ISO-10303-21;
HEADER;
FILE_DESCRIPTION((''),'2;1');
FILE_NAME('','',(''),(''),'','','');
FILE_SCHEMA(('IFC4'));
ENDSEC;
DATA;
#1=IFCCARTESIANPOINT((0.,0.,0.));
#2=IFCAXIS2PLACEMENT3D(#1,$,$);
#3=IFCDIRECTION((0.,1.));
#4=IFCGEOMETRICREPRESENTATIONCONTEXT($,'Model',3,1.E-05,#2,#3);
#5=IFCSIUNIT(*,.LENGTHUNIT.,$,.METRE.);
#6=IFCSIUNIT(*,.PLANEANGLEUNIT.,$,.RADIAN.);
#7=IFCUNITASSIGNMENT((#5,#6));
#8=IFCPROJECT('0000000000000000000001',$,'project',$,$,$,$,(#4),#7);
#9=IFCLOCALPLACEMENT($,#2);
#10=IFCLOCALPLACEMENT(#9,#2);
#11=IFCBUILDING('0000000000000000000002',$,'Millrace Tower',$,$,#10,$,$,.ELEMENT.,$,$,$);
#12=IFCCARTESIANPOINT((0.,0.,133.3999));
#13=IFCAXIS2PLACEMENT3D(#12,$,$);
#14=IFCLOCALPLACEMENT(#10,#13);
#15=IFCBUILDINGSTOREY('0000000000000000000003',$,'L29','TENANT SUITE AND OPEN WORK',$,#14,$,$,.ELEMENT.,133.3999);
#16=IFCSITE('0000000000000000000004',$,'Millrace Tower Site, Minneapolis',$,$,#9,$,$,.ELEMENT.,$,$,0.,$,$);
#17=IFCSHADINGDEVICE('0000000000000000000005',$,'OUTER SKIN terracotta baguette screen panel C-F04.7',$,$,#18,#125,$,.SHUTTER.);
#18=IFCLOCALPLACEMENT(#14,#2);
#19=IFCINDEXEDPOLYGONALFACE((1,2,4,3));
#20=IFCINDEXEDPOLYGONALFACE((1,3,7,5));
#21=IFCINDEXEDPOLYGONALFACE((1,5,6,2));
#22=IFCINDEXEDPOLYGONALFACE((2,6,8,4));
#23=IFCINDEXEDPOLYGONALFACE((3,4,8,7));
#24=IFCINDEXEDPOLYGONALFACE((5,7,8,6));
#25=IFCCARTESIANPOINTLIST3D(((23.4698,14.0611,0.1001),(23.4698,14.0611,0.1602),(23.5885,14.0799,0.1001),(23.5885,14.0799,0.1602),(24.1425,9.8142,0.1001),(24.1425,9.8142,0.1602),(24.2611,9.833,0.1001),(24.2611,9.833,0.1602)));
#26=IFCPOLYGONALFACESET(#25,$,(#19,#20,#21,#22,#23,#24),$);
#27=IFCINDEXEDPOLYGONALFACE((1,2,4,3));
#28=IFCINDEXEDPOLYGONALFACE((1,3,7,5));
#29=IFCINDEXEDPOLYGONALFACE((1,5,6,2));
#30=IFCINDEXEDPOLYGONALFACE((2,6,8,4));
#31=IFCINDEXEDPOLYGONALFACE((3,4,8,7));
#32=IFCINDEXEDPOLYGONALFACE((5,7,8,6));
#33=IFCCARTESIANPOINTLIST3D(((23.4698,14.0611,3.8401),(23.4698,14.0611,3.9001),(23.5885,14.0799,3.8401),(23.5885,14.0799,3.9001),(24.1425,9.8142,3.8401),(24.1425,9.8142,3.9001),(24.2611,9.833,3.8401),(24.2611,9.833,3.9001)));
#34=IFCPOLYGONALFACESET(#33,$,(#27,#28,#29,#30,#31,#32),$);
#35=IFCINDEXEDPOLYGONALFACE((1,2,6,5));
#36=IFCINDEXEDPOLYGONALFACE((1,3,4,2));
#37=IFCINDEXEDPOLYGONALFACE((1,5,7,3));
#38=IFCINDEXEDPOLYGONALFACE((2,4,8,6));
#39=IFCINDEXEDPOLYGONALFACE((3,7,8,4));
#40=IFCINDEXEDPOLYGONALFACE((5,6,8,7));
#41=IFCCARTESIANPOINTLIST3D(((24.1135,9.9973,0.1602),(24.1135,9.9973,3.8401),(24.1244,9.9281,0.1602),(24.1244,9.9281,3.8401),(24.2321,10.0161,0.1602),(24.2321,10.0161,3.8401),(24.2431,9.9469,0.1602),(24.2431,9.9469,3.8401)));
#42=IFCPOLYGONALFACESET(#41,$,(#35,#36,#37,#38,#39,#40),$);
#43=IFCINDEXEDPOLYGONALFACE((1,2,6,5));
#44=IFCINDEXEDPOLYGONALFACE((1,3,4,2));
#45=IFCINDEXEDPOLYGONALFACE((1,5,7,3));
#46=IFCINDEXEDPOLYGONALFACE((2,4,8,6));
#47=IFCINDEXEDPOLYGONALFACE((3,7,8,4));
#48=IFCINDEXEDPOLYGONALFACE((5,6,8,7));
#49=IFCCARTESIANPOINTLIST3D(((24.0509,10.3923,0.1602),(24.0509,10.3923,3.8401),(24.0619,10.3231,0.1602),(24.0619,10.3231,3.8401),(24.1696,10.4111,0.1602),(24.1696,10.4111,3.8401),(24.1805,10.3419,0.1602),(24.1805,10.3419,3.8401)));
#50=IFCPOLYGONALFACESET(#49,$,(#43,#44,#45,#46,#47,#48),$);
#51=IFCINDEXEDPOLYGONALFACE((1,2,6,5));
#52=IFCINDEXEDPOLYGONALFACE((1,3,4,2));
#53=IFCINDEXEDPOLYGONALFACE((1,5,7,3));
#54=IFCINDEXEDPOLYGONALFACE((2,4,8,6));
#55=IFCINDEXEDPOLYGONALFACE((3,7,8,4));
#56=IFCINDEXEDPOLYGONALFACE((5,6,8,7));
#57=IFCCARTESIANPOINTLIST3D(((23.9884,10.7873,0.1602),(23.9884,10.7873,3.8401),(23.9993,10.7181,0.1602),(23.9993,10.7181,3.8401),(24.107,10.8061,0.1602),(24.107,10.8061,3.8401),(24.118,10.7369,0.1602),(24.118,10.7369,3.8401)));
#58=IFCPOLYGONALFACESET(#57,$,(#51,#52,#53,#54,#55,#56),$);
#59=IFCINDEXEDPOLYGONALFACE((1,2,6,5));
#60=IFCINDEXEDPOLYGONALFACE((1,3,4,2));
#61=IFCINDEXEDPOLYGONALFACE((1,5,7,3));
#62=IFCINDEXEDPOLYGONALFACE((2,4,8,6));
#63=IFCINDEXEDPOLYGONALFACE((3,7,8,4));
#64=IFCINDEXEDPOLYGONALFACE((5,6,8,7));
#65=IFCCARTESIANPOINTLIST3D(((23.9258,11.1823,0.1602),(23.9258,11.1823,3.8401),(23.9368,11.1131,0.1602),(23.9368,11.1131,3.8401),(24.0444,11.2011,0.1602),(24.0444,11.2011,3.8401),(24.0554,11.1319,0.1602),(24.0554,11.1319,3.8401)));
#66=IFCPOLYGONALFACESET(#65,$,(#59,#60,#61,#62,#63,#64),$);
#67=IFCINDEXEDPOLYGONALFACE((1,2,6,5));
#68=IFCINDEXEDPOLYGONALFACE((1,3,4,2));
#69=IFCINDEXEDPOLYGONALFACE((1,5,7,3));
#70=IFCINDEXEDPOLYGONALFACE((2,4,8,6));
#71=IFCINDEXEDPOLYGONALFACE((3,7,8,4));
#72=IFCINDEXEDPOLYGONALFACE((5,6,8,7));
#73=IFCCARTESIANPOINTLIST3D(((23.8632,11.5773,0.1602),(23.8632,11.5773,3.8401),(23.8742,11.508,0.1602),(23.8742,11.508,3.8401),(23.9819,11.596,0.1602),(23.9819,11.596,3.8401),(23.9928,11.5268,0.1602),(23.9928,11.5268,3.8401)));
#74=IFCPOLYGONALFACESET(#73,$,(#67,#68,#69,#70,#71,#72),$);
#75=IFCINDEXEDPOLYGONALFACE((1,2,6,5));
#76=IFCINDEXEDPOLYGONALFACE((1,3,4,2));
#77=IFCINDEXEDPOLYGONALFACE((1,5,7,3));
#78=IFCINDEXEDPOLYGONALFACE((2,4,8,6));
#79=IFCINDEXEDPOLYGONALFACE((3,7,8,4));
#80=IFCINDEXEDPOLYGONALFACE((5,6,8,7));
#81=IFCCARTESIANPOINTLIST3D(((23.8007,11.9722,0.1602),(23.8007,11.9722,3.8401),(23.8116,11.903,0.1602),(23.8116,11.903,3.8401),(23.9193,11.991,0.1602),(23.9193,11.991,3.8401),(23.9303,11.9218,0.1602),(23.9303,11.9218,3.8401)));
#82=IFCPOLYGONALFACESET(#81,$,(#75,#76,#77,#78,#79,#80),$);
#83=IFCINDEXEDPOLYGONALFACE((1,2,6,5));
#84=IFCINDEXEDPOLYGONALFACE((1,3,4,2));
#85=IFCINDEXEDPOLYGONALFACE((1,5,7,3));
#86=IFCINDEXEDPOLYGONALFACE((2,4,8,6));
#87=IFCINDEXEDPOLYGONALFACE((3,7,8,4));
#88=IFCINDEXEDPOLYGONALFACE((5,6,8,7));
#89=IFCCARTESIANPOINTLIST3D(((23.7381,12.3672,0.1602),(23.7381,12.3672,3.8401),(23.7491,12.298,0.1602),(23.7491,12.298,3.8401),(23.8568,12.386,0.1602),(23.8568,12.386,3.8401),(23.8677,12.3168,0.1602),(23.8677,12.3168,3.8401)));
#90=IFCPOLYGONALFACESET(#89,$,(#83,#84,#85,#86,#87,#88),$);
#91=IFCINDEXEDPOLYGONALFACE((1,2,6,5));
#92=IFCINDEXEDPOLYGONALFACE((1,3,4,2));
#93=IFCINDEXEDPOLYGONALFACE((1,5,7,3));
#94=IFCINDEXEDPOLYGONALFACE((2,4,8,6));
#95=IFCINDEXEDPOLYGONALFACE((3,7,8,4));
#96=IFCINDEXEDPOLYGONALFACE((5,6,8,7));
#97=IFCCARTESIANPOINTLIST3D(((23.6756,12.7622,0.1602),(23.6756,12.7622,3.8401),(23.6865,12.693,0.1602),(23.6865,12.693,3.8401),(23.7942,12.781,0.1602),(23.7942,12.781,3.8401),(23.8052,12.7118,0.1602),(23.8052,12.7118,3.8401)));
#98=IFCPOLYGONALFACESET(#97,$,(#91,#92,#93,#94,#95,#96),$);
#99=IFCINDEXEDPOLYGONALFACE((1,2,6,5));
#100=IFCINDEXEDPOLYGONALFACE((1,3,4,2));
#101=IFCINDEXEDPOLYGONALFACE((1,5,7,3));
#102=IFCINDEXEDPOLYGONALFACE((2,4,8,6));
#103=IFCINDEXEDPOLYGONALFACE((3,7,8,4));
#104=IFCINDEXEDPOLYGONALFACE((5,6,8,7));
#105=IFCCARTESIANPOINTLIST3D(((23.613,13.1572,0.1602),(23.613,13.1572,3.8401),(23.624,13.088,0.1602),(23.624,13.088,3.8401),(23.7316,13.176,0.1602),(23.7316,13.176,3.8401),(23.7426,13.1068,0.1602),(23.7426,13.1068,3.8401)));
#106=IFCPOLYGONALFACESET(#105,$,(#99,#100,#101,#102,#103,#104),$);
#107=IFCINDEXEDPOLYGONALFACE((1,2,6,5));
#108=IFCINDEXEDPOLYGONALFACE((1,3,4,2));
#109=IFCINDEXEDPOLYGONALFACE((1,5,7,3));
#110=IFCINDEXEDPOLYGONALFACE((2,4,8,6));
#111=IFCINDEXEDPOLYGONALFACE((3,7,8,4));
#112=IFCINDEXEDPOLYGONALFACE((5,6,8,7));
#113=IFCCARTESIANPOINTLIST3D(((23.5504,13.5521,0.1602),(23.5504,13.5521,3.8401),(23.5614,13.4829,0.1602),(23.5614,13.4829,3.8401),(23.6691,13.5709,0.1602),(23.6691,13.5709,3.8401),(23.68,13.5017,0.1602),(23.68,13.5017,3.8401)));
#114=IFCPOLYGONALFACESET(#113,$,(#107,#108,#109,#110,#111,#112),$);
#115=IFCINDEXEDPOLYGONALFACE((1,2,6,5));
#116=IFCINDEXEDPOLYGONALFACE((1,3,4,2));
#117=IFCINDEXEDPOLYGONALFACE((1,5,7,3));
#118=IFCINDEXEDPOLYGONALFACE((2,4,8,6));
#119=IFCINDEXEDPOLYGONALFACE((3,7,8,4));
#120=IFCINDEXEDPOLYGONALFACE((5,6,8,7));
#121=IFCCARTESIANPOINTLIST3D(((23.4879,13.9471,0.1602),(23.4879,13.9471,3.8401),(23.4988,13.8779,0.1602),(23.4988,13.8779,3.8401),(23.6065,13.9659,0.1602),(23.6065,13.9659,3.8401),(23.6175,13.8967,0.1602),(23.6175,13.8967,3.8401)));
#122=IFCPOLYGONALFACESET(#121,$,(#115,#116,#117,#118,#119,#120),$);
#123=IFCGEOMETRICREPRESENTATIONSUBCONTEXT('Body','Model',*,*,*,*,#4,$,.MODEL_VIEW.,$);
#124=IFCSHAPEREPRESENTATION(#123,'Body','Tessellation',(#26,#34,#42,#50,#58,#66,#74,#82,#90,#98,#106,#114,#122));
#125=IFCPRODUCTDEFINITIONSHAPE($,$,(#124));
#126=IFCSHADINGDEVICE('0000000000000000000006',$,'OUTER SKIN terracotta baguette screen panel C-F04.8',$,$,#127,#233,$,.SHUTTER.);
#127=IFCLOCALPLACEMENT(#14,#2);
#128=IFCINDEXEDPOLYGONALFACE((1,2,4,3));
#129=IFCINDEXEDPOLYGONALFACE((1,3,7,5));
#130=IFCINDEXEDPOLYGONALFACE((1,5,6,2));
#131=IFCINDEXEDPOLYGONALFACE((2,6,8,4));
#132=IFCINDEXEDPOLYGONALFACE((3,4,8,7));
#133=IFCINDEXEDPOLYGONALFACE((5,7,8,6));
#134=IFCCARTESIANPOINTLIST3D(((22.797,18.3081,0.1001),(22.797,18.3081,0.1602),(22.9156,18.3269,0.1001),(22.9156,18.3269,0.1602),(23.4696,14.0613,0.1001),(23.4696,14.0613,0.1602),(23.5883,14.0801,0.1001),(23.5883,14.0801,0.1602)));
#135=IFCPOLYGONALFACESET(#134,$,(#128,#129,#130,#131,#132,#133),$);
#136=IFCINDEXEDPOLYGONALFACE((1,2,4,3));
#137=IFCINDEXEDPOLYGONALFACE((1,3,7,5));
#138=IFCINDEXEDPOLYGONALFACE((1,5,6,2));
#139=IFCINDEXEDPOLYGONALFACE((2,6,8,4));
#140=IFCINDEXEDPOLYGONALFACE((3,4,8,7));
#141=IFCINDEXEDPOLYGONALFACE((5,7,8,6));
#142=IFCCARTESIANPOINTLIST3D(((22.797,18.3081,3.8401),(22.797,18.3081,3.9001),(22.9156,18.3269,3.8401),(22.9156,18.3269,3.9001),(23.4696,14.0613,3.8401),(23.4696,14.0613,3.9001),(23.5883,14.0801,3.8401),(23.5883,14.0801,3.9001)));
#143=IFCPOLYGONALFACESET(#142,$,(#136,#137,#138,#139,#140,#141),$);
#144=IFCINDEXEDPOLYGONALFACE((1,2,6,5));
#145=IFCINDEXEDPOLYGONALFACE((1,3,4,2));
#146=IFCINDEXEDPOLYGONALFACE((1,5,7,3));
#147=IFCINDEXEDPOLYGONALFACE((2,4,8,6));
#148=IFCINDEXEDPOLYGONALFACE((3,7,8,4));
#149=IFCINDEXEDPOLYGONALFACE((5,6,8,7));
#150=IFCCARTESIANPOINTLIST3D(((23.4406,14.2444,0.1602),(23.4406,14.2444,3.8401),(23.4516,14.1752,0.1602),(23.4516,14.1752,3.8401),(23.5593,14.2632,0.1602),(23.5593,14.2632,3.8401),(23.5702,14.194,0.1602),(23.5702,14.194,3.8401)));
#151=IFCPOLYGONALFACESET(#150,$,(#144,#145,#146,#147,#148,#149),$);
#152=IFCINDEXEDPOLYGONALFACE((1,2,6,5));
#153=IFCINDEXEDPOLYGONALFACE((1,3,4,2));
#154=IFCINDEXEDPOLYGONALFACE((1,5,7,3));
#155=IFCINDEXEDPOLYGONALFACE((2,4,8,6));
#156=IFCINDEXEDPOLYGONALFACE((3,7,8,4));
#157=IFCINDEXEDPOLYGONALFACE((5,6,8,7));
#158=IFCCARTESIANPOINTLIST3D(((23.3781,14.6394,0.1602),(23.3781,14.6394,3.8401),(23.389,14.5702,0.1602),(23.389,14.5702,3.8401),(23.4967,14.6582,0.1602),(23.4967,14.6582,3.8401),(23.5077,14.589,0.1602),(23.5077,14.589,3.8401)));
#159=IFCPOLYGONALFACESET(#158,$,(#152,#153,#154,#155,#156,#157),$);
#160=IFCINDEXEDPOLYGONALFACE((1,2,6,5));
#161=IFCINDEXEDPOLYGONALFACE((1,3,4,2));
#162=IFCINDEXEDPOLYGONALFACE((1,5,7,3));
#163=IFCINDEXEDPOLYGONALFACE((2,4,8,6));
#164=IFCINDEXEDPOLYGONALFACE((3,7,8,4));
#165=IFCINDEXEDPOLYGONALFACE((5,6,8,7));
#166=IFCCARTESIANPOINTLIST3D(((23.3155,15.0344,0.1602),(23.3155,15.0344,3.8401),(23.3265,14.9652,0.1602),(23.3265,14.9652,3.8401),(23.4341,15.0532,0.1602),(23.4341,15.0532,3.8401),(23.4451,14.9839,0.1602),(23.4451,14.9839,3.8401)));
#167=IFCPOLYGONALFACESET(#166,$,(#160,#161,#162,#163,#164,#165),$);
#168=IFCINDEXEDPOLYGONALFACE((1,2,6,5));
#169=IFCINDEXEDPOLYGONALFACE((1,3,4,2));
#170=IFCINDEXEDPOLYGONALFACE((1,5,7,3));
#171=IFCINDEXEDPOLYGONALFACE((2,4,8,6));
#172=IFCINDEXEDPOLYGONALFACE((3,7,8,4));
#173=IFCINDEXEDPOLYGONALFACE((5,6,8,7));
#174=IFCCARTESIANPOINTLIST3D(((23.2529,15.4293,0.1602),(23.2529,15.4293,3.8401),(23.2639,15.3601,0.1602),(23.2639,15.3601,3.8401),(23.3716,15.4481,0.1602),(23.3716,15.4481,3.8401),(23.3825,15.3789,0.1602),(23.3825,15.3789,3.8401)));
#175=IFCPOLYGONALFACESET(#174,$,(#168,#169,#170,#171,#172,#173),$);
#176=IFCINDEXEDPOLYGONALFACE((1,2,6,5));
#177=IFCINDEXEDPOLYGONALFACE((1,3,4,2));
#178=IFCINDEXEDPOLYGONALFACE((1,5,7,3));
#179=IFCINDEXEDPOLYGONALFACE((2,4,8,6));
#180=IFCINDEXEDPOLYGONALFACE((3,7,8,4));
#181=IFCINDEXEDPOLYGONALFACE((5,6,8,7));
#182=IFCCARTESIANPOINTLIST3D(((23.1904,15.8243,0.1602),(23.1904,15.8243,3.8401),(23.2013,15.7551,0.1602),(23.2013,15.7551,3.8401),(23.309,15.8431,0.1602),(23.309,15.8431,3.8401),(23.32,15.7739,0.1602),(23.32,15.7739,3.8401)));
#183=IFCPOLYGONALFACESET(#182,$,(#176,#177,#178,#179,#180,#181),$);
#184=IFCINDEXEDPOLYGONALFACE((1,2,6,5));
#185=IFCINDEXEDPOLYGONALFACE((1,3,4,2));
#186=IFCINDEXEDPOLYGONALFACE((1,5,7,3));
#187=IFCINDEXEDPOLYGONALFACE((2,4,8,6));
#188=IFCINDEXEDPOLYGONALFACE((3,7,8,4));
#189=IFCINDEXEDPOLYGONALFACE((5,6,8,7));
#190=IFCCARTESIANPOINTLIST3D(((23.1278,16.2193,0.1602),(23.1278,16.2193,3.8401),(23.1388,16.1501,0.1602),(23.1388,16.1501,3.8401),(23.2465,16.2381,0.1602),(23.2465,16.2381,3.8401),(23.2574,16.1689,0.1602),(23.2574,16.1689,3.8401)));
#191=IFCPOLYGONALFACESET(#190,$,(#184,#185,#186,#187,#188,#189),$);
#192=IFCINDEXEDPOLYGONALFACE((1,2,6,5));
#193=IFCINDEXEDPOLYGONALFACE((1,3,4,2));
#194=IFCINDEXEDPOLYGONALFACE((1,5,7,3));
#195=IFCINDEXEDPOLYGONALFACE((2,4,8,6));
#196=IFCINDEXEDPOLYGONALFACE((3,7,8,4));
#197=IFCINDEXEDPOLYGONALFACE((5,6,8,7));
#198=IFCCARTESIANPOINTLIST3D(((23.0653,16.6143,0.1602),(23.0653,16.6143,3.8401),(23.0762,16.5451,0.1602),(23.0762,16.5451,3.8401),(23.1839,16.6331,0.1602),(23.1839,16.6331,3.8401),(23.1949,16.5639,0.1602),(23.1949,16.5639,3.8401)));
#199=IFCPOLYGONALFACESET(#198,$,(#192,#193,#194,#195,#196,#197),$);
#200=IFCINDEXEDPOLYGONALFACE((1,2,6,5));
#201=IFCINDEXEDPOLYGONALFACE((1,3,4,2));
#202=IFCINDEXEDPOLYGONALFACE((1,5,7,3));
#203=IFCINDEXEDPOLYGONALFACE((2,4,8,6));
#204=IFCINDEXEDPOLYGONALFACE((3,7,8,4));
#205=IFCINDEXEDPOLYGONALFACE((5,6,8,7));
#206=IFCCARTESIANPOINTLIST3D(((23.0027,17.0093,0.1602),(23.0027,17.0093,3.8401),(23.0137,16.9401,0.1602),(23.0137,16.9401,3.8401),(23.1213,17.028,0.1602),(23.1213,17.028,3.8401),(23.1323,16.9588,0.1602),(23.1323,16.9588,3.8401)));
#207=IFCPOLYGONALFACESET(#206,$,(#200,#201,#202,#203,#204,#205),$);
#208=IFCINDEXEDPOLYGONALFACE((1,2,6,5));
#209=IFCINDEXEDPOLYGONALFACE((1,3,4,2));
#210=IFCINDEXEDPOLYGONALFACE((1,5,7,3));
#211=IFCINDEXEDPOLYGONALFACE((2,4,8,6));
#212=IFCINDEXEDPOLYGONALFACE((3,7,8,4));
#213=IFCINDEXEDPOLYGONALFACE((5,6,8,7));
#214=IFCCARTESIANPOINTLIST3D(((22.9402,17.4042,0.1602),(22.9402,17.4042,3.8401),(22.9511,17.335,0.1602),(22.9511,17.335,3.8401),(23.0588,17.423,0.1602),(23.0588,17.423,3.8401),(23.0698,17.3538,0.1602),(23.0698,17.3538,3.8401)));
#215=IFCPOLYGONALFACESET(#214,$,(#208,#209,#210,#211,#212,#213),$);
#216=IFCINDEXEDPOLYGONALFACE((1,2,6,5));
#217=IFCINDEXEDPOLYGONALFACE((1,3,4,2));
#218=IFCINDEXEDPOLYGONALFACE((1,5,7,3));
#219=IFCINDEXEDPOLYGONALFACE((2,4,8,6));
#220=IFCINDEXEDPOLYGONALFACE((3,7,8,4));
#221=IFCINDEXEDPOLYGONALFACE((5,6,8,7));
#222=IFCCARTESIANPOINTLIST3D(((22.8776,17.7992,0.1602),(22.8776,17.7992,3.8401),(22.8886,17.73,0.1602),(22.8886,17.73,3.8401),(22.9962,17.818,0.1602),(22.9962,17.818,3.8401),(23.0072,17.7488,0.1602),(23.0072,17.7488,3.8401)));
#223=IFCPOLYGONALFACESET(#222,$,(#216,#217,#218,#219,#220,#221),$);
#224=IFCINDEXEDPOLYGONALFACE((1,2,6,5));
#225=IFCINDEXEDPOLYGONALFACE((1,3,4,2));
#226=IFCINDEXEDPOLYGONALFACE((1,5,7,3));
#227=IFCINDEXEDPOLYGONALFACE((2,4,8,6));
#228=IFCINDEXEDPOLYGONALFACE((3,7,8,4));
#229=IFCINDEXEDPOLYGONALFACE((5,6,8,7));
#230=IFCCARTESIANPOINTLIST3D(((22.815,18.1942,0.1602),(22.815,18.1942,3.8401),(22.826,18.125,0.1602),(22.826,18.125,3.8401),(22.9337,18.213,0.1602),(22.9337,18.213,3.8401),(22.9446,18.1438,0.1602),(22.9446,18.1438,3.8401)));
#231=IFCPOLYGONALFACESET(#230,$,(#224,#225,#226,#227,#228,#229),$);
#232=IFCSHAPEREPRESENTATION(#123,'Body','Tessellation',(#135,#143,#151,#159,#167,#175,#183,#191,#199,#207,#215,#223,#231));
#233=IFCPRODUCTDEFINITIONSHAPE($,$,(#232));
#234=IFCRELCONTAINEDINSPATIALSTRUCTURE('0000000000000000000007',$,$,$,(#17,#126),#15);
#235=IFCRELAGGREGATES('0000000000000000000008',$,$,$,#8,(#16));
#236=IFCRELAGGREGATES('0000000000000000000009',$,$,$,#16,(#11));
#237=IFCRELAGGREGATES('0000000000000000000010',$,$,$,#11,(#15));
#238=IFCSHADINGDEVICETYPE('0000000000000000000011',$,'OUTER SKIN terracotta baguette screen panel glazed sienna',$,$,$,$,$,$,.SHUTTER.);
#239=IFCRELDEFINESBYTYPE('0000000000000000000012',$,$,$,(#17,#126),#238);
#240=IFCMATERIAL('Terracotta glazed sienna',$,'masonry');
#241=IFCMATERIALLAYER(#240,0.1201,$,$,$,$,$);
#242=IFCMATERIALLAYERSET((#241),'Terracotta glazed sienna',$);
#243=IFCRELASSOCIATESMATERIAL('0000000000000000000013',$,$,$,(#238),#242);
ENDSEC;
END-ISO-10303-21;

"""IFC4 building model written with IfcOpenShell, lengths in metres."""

from ifc_helpers import new_model, entity, si_unit, direction, frame, frame_2d, origin, origin_2d, place, context, subcontext, project, spatial, rectangle, extrude, source, transform, mapped, material, layer, layer_set, type_object, element, save


model = new_model("IFC4")

# Units and contexts
model_context = context("Model", 3, precision=1e-05, world=origin(), true_north=direction((0.0, 1.0)))
body_context = subcontext(model_context, "Body", "Model", "MODEL_VIEW")
ifc_project = project(units=[si_unit("LENGTHUNIT", "METRE"), si_unit("PLANEANGLEUNIT", "RADIAN")], contexts=[model_context])

# Site, building, storey
site_placement = place(None, origin())
site = spatial("IfcSite", under=ifc_project, at=site_placement, Name="Millrace Tower Site, Minneapolis", CompositionType="ELEMENT", RefElevation=0.0)
building_placement = place(site_placement, origin())
building = spatial("IfcBuilding", under=site, at=building_placement, Name="Millrace Tower", CompositionType="ELEMENT")
storey_placement = place(building_placement, frame((0.0, 0.0, 133.3999)))
storey = spatial("IfcBuildingStorey", under=building, at=storey_placement, Name="L29", Description="TENANT SUITE AND OPEN WORK", CompositionType="ELEMENT", Elevation=133.3999)

# Shading devices
ifc_material_1 = material(Name="Terracotta glazed sienna", Category="masonry")
ifc_layer_1 = layer(ifc_material_1, 0.1201)
ifc_layer_set_1 = layer_set([ifc_layer_1], Name="Terracotta glazed sienna")
shading_device_type = type_object("IfcShadingDeviceType", Name="OUTER SKIN terracotta baguette screen panel glazed sienna", PredefinedType="SHUTTER", material=ifc_layer_set_1)
cartesian_point_1 = entity("IfcCartesianPoint", [-2.1499, 0.0601])
shared_polyline_1 = entity("IfcPolyline", [cartesian_point_1, entity("IfcCartesianPoint", [2.1499, 0.0601]), entity("IfcCartesianPoint", [2.1499, -0.0601]), entity("IfcCartesianPoint", [-2.1499, -0.0601]), cartesian_point_1])
shared_shape_1 = source(origin(), body_context, "Body", "SweptSolid", [
    entity("IfcExtrudedAreaSolid", entity("IfcArbitraryClosedProfileDef", "AREA", None, shared_polyline_1), entity("IfcAxis2Placement3D", entity("IfcCartesianPoint", [0.0, 0.0, 0.0])), entity("IfcDirection", [0.0, 0.0, 1.0]), 0.0601),
    entity("IfcExtrudedAreaSolid", entity("IfcArbitraryClosedProfileDef", "AREA", None, shared_polyline_1), entity("IfcAxis2Placement3D", entity("IfcCartesianPoint", [0.0, 0.0, 3.74])), entity("IfcDirection", [0.0, 0.0, 1.0]), 0.0601),
    extrude(rectangle(XDim=0.0701, YDim=0.1201, at=frame_2d((-1.9995, 0.0))), frame((0.0, 0.0, 0.0601)), (0.0, 0.0, 1.0), 3.6799),
    extrude(rectangle(XDim=0.0701, YDim=0.1201, at=frame_2d((-1.5996, 0.0))), frame((0.0, 0.0, 0.0601)), (0.0, 0.0, 1.0), 3.6799),
    extrude(rectangle(XDim=0.0701, YDim=0.1201, at=frame_2d((-1.1997, 0.0))), frame((0.0, 0.0, 0.0601)), (0.0, 0.0, 1.0), 3.6799),
    extrude(rectangle(XDim=0.0701, YDim=0.1201, at=frame_2d((-0.7998, 0.0))), frame((0.0, 0.0, 0.0601)), (0.0, 0.0, 1.0), 3.6799),
    extrude(rectangle(XDim=0.0701, YDim=0.1201, at=frame_2d((-0.3999, 0.0))), frame((0.0, 0.0, 0.0601)), (0.0, 0.0, 1.0), 3.6799),
    extrude(rectangle(XDim=0.0701, YDim=0.1201, at=origin_2d()), frame((0.0, 0.0, 0.0601)), (0.0, 0.0, 1.0), 3.6799),
    extrude(rectangle(XDim=0.0701, YDim=0.1201, at=frame_2d((0.3999, 0.0))), frame((0.0, 0.0, 0.0601)), (0.0, 0.0, 1.0), 3.6799),
    extrude(rectangle(XDim=0.0701, YDim=0.1201, at=frame_2d((0.7998, 0.0))), frame((0.0, 0.0, 0.0601)), (0.0, 0.0, 1.0), 3.6799),
    extrude(rectangle(XDim=0.0701, YDim=0.1201, at=frame_2d((1.1997, 0.0))), frame((0.0, 0.0, 0.0601)), (0.0, 0.0, 1.0), 3.6799),
    extrude(rectangle(XDim=0.0701, YDim=0.1201, at=frame_2d((1.5996, 0.0))), frame((0.0, 0.0, 0.0601)), (0.0, 0.0, 1.0), 3.6799),
    extrude(rectangle(XDim=0.0701, YDim=0.1201, at=frame_2d((1.9995, 0.0))), frame((0.0, 0.0, 0.0601)), (0.0, 0.0, 1.0), 3.6799),
])
for number, where, z_axis, x_axis, name in (
    (1, (23.8655, 11.947, 0.1001), (0.0, 0.0, 1.0), (-0.156434, 0.987688, 0.0), "OUTER SKIN terracotta baguette screen panel C-F04.7"),
    (2, (23.1926, 16.1941, 0.1001), (0.0, 0.0, 1.0), (-0.156434, 0.987688, 0.0), "OUTER SKIN terracotta baguette screen panel C-F04.8"),
):
    element("IfcShadingDevice", number, at=place(storey_placement, frame(where, z_axis=z_axis, x_axis=x_axis)), inside=storey, type_object=shading_device_type, Name=name, PredefinedType="SHUTTER", context=body_context, shape_type="MappedRepresentation", body=[
        mapped(shared_shape_1, transform((0.0, 0.0, 0.0), scale=1.0)),
    ])

save(model, "model.ifc")
